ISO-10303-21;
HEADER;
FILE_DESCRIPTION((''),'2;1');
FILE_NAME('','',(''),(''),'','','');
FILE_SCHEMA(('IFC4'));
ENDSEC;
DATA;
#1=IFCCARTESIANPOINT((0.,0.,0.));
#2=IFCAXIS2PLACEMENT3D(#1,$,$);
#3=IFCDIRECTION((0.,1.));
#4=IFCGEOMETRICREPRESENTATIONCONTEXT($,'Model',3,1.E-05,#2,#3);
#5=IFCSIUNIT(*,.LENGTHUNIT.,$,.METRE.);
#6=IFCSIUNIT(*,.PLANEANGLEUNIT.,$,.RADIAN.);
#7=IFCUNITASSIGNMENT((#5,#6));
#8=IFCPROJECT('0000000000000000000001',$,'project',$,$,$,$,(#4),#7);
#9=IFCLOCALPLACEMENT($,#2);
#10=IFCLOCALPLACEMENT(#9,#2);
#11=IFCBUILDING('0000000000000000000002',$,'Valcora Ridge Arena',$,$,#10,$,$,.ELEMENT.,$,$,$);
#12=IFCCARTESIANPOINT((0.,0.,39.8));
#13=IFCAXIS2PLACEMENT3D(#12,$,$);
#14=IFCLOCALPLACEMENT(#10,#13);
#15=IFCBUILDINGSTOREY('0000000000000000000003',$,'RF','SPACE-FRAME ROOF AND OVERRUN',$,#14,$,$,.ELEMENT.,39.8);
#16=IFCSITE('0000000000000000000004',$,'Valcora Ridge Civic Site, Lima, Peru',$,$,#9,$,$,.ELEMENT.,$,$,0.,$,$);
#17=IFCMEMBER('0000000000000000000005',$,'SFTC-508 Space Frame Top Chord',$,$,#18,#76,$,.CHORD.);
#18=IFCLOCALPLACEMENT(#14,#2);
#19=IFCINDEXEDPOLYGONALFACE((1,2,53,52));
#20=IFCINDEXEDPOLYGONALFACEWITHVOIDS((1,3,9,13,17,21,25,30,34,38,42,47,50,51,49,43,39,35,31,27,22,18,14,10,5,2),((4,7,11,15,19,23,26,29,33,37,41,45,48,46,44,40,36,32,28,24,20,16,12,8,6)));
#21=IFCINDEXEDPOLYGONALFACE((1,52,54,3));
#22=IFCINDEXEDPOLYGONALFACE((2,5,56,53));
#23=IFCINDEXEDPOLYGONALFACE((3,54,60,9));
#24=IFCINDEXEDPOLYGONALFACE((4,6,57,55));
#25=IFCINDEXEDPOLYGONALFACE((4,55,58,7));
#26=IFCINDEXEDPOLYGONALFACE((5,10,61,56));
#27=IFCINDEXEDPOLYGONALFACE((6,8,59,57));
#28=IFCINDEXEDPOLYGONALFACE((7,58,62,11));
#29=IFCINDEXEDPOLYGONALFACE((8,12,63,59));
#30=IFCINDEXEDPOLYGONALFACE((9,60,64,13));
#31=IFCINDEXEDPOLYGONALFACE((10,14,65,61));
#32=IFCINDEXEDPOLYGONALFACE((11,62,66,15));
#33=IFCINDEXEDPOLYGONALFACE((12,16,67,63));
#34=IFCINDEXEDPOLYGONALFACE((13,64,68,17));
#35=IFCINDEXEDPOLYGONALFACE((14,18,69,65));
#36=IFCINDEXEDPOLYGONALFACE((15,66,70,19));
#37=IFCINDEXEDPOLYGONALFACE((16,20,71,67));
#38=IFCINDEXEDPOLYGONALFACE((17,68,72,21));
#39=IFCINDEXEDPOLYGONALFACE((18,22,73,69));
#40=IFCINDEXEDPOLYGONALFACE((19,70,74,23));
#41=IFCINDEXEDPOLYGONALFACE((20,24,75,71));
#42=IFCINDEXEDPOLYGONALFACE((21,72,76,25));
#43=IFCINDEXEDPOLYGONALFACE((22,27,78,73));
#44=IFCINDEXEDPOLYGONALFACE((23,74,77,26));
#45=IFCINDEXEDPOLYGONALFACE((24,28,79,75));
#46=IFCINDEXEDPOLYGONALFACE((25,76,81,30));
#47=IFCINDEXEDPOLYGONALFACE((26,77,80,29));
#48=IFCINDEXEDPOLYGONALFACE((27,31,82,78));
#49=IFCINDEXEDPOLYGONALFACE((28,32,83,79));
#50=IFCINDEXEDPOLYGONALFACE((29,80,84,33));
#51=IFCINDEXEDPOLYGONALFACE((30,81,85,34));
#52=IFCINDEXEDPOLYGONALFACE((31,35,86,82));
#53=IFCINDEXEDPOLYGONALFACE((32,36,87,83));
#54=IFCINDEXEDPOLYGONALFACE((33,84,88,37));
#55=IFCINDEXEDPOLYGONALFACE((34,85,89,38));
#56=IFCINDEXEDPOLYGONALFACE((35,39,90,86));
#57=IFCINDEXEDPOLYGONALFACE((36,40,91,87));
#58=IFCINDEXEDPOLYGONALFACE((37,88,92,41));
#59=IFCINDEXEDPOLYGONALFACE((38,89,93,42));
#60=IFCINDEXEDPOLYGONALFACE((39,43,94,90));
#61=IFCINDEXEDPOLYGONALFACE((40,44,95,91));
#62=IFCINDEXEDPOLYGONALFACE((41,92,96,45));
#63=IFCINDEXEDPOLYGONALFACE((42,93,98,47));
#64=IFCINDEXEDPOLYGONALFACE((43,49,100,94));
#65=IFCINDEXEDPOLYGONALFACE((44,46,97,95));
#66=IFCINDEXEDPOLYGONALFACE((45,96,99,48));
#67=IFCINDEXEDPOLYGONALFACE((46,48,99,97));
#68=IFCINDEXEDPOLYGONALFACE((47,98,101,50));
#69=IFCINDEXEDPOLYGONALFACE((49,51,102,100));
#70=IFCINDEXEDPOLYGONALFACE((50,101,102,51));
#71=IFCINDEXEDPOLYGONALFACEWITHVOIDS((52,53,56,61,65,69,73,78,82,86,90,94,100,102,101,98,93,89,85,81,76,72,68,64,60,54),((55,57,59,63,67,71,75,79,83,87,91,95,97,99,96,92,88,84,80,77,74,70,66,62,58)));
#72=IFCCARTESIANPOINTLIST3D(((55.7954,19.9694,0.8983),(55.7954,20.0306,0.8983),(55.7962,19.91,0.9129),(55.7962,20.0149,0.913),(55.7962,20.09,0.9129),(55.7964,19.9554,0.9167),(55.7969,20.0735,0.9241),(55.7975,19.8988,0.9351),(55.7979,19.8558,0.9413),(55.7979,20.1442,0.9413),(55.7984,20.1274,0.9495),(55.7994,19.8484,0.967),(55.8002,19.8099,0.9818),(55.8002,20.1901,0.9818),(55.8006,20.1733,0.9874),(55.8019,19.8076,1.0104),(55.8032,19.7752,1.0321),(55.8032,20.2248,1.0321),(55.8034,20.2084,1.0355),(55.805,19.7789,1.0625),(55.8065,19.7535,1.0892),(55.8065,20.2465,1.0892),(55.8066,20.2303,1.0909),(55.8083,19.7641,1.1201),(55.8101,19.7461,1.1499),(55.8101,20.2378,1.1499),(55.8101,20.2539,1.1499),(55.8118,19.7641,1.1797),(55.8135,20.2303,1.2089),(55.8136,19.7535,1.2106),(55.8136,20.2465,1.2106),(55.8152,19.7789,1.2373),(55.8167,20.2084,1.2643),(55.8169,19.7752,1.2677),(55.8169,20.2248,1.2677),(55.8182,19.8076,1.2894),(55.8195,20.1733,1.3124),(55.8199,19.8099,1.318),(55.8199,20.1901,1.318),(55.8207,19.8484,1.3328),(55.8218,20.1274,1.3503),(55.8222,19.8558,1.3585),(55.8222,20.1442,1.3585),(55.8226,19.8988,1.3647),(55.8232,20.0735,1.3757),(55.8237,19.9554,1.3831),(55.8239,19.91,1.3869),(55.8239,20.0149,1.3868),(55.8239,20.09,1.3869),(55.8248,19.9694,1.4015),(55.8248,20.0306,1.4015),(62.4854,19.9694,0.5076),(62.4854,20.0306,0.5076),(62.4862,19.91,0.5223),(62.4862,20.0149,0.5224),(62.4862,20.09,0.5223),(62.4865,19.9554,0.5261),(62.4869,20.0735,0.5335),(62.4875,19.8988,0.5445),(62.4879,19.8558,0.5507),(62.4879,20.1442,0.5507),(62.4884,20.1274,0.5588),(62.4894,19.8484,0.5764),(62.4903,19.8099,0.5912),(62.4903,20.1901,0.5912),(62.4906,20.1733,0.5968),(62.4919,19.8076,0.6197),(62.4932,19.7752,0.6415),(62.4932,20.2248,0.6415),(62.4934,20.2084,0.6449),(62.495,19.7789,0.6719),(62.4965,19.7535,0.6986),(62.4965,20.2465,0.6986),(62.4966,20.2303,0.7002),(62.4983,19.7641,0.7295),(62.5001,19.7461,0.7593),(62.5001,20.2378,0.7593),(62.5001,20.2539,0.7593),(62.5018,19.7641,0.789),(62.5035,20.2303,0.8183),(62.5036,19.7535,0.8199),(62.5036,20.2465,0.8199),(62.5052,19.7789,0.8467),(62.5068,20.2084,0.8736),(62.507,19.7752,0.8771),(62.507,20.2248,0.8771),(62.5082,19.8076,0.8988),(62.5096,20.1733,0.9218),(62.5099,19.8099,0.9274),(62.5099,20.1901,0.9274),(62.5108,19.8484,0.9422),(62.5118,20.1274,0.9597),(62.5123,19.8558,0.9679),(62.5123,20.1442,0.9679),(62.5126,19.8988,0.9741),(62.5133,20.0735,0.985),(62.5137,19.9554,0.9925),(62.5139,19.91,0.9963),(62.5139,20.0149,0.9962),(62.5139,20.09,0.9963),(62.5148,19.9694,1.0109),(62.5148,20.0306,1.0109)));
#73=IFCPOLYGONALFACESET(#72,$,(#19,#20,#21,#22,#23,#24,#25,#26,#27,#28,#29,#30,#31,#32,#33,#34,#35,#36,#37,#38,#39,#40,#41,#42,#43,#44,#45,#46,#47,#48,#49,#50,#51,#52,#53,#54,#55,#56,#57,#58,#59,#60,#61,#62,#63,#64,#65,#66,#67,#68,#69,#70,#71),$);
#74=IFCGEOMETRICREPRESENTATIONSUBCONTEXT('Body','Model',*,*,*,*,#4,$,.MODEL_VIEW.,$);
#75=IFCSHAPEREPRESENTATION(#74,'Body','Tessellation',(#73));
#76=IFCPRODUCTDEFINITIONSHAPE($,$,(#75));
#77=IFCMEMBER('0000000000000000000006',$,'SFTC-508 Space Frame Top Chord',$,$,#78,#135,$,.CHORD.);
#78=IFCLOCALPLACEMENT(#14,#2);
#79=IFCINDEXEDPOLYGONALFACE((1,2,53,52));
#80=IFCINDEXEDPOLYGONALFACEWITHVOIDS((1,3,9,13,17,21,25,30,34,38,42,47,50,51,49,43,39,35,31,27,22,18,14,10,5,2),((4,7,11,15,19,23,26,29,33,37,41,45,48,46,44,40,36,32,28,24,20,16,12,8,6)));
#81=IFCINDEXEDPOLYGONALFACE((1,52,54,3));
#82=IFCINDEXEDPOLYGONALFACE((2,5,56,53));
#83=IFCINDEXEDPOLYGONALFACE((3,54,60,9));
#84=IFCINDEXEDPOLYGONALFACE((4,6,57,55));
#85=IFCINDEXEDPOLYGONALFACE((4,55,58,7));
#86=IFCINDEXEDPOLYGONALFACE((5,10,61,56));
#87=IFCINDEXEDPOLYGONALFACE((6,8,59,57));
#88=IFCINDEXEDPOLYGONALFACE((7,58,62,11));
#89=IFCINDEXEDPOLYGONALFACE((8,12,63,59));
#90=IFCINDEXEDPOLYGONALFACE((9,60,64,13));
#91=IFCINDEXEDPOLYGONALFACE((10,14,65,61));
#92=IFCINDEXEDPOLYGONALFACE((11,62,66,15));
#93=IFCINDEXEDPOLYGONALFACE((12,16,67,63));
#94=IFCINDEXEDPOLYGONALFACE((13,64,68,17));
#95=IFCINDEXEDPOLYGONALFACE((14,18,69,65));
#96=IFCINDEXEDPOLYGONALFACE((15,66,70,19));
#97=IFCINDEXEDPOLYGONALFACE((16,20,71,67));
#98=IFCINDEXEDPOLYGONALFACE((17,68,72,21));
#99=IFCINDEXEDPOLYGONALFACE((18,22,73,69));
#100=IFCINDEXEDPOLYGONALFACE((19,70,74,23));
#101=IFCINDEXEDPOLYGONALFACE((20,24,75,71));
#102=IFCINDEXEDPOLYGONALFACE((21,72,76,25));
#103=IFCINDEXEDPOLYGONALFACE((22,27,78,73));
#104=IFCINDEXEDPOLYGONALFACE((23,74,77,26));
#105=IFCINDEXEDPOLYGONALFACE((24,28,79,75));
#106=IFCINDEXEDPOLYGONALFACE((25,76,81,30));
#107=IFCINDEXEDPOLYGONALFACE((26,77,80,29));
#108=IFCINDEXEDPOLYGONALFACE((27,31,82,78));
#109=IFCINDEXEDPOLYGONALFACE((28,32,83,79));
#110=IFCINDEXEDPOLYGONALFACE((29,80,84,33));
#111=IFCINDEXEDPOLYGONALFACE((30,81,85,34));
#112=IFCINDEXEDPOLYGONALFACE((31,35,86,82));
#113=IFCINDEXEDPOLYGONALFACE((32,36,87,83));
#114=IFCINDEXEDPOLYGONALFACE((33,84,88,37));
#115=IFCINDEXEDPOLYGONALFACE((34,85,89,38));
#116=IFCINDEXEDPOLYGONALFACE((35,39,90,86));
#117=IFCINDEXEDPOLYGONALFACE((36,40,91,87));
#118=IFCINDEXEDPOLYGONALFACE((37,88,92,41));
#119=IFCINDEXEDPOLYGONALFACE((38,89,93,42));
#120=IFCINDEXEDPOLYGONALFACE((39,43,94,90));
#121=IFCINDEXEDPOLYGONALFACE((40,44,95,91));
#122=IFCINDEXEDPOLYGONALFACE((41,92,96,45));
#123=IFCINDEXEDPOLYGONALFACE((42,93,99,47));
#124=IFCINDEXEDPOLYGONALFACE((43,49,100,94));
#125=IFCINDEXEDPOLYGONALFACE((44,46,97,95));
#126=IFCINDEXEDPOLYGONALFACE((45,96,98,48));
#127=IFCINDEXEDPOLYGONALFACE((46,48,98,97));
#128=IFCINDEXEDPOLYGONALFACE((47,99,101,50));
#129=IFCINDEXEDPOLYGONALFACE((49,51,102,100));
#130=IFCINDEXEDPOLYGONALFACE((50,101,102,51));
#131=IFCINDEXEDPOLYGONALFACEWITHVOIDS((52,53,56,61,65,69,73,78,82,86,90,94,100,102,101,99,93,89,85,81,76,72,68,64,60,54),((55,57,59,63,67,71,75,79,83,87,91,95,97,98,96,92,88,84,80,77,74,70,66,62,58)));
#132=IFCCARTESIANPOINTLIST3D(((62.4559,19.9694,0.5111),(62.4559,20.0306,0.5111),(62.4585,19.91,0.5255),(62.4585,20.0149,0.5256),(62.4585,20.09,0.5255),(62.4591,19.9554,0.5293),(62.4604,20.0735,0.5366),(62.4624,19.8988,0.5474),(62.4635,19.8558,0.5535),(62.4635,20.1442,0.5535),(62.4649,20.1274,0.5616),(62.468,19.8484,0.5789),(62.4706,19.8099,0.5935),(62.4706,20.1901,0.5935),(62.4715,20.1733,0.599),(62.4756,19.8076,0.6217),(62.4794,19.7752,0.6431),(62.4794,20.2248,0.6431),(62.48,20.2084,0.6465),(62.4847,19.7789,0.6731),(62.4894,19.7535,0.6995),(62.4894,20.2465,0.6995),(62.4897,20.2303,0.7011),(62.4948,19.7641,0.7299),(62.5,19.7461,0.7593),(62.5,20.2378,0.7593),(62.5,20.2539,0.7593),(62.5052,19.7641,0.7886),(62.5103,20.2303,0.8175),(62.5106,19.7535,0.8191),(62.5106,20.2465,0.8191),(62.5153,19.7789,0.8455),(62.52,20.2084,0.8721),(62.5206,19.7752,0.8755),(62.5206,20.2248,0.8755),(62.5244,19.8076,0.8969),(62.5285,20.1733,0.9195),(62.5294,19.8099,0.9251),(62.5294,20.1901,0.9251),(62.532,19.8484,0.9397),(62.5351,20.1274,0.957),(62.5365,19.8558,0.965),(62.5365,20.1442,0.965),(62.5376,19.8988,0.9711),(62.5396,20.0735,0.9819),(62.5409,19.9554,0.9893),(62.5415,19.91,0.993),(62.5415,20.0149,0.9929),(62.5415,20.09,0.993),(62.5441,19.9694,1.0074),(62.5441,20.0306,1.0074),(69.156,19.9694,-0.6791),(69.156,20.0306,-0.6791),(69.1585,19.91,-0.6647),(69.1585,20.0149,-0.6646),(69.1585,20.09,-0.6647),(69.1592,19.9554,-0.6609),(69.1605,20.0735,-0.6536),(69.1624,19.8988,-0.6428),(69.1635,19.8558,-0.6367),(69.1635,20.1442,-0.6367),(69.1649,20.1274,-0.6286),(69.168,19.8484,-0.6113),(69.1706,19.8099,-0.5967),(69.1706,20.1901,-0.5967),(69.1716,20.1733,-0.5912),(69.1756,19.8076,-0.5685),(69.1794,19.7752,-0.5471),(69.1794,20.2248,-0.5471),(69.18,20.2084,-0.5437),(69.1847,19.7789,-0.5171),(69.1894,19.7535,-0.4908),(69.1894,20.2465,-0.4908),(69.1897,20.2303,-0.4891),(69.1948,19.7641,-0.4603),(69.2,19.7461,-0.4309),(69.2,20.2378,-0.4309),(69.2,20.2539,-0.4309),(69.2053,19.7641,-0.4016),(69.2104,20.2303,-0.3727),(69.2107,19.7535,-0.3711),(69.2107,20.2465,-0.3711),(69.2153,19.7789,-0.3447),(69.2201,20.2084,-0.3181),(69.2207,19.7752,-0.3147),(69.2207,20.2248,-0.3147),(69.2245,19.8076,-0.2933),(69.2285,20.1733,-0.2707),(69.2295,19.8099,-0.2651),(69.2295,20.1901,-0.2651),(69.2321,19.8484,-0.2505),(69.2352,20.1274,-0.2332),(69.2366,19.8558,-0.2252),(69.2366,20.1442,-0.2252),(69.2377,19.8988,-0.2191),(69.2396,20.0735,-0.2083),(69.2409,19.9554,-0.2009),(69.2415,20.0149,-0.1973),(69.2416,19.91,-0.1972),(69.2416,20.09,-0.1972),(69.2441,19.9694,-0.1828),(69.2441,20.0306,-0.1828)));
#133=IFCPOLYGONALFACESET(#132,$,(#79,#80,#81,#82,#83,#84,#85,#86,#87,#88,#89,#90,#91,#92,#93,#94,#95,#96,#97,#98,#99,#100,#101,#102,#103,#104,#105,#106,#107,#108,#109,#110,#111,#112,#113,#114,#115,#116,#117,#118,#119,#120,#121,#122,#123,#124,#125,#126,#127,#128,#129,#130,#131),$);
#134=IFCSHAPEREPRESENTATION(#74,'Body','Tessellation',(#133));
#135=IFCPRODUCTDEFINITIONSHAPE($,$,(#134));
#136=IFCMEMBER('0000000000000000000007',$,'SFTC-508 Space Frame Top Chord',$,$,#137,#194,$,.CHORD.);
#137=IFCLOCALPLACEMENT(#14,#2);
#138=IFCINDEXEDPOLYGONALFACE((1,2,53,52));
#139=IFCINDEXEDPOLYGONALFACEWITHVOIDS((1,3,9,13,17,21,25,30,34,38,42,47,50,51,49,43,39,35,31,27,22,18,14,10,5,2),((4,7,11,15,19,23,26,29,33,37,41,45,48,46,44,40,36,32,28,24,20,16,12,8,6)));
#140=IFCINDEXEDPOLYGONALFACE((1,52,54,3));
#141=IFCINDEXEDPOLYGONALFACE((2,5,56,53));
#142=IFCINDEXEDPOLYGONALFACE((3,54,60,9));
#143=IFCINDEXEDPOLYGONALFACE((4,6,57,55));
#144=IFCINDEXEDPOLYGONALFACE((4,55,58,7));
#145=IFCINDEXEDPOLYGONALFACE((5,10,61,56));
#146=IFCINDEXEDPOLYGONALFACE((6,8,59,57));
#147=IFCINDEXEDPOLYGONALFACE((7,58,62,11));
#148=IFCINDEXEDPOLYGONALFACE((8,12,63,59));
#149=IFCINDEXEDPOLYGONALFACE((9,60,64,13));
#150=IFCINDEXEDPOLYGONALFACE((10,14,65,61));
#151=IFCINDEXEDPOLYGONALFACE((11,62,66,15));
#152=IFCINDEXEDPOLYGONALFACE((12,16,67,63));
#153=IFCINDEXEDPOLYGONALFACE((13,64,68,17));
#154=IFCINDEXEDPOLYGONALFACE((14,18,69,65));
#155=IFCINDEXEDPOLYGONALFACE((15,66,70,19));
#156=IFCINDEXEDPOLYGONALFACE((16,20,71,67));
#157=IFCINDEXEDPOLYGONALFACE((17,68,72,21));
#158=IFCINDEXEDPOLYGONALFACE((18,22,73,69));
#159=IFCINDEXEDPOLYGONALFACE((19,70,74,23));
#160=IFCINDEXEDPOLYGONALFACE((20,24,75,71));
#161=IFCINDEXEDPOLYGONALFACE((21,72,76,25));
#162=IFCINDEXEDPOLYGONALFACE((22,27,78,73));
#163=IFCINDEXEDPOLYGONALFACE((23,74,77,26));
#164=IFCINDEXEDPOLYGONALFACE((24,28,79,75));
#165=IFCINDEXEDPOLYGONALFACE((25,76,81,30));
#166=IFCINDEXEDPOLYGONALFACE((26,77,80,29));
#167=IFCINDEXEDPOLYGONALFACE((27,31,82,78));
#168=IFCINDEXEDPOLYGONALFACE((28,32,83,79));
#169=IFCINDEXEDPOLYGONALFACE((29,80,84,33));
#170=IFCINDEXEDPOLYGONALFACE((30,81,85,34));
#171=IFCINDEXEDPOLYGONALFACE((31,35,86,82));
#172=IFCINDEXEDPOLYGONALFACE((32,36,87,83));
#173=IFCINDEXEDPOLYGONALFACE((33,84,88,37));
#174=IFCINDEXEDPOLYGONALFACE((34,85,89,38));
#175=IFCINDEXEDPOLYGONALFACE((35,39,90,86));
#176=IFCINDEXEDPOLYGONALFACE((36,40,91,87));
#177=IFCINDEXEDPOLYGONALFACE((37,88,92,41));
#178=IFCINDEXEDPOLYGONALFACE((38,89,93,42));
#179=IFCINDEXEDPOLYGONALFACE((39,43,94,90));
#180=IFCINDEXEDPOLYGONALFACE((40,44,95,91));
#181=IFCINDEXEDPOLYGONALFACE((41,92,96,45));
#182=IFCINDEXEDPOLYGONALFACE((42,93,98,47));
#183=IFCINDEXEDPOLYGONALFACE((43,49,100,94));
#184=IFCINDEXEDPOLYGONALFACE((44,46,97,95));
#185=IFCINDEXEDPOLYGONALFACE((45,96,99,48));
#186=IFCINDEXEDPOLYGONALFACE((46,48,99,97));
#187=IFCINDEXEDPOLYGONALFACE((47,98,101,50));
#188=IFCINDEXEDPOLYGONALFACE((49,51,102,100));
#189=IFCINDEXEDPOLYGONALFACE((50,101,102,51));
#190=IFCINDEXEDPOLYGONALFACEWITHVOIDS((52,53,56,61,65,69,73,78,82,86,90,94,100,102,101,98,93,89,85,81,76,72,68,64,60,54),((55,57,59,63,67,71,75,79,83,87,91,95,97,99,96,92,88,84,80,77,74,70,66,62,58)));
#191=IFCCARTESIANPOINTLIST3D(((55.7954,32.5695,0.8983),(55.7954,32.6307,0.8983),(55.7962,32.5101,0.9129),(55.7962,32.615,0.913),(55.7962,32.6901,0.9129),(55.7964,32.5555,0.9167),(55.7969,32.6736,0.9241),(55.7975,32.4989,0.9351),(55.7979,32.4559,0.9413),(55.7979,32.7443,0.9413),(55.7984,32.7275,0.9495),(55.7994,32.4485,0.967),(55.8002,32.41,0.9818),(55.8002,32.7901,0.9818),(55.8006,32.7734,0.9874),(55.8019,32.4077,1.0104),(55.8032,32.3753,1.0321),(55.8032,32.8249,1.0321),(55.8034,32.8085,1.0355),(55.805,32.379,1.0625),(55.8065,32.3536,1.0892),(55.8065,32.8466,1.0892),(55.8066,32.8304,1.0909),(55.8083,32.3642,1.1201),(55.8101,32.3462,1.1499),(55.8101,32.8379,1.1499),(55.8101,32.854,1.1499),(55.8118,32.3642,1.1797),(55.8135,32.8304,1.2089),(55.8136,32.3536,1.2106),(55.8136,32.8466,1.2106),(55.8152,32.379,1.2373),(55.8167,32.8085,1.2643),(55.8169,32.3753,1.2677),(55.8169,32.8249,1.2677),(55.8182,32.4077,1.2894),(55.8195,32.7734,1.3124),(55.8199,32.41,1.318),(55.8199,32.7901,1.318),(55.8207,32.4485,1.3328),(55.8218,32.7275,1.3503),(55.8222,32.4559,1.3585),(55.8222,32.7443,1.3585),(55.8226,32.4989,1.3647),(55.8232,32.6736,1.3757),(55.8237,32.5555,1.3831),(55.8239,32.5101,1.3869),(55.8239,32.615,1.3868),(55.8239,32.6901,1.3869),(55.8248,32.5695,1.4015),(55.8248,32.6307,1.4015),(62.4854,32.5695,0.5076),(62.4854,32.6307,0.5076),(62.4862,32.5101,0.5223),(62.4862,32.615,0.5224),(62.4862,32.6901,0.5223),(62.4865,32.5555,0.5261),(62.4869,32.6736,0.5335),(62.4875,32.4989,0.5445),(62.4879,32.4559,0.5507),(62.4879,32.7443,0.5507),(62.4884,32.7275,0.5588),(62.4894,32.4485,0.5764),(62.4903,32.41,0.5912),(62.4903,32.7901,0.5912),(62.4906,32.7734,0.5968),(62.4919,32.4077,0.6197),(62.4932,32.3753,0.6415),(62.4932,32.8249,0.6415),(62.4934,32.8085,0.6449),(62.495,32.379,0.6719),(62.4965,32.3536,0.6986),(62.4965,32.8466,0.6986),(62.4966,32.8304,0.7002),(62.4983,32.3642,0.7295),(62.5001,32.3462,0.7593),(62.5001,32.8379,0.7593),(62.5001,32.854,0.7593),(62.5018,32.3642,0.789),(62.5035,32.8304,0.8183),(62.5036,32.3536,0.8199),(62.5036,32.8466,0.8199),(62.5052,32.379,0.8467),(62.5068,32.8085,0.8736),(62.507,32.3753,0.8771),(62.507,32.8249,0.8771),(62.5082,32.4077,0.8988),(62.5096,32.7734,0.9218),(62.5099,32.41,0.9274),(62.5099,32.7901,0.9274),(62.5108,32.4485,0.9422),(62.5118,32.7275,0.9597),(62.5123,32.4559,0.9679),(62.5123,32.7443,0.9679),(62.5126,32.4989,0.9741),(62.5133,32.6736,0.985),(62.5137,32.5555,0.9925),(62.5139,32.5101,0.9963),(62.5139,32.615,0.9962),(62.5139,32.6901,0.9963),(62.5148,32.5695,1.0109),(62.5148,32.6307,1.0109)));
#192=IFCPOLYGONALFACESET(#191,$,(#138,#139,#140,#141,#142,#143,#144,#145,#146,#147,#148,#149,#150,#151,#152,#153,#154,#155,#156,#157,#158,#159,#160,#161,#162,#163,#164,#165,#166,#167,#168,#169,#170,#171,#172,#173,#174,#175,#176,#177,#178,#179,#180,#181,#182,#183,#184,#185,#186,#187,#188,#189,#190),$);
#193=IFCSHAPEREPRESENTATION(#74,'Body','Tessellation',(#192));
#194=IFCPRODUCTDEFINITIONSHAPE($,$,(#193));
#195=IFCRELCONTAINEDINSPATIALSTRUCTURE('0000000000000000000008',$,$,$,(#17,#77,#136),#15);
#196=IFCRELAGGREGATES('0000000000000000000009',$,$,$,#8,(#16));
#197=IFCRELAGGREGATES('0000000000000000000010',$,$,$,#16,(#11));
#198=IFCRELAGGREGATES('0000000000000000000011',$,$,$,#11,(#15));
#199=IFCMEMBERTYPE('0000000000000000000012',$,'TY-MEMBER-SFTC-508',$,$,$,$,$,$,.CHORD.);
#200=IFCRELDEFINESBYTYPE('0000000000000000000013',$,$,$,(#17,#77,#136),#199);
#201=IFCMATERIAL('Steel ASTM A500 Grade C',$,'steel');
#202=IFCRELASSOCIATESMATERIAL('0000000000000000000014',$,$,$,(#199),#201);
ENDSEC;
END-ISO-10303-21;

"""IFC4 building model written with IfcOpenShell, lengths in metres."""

from ifc_helpers import new_model, si_unit, direction, frame, origin, origin_2d, place, context, subcontext, project, spatial, hollow_circle, extrude, material, material_profile, profile_set, type_object, element, save


model = new_model("IFC4")

# Units and contexts
model_context = context("Model", 3, precision=1e-05, world=origin(), true_north=direction((0.0, 1.0)))
body_context = subcontext(model_context, "Body", "Model", "MODEL_VIEW")
ifc_project = project(units=[si_unit("LENGTHUNIT", "METRE"), si_unit("PLANEANGLEUNIT", "RADIAN")], contexts=[model_context])

# Site, building, storey
site_placement = place(None, origin())
site = spatial("IfcSite", under=ifc_project, at=site_placement, Name="Valcora Ridge Civic Site, Lima, Peru", CompositionType="ELEMENT", RefElevation=0.0)
building_placement = place(site_placement, origin())
building = spatial("IfcBuilding", under=site, at=building_placement, Name="Valcora Ridge Arena", CompositionType="ELEMENT")
storey_placement = place(building_placement, frame((0.0, 0.0, 39.8)))
storey = spatial("IfcBuildingStorey", under=building, at=storey_placement, Name="RF", Description="SPACE-FRAME ROOF AND OVERRUN", CompositionType="ELEMENT", Elevation=39.8)

# Members
ifc_material_1 = material(Name="Steel ASTM A500 Grade C", Category="steel")
ifc_material_profile_1 = material_profile(ifc_material_1, hollow_circle(Radius=0.2539, WallThickness=0.0161, at=origin_2d()), Name="CHS508X16")
ifc_profile_set_1 = profile_set([ifc_material_profile_1], Name="Steel ASTM A500 Grade C")
member_type_1 = type_object("IfcMemberType", Name="TY-MEMBER-SFTC-508", PredefinedType="CHORD", material=ifc_profile_set_1)
member_1_placement = place(storey_placement, frame((55.8101, 20.0, 1.1499), z_axis=(0.9983, 0.0, -0.058291), x_axis=(0.0, 1.0, 0.0)))
element("IfcMember", 1, at=member_1_placement, inside=storey, type_object=member_type_1, Name="SFTC-508 Space Frame Top Chord", PredefinedType="CHORD", context=body_context, shape_type="SweptSolid", body=[
    extrude(hollow_circle(Radius=0.2539, WallThickness=0.0161, at=origin_2d()), origin(), (0.0, 0.0, 1.0), 6.7014),
])
member_2_placement = place(storey_placement, frame((62.5, 20.0, 0.7593), z_axis=(0.984586, 0.0, -0.174903), x_axis=(0.0, 1.0, 0.0)))
element("IfcMember", 2, at=member_2_placement, inside=storey, type_object=member_type_1, Name="SFTC-508 Space Frame Top Chord", PredefinedType="CHORD", context=body_context, shape_type="SweptSolid", body=[
    extrude(hollow_circle(Radius=0.2539, WallThickness=0.0161, at=origin_2d()), origin(), (0.0, 0.0, 1.0), 6.8049),
])
member_3_placement = place(storey_placement, frame((55.8101, 32.6001, 1.1499), z_axis=(0.9983, 0.0, -0.058291), x_axis=(0.0, 1.0, 0.0)))
element("IfcMember", 3, at=member_3_placement, inside=storey, type_object=member_type_1, Name="SFTC-508 Space Frame Top Chord", PredefinedType="CHORD", context=body_context, shape_type="SweptSolid", body=[
    extrude(hollow_circle(Radius=0.2539, WallThickness=0.0161, at=origin_2d()), origin(), (0.0, 0.0, 1.0), 6.7014),
])

save(model, "model.ifc")
